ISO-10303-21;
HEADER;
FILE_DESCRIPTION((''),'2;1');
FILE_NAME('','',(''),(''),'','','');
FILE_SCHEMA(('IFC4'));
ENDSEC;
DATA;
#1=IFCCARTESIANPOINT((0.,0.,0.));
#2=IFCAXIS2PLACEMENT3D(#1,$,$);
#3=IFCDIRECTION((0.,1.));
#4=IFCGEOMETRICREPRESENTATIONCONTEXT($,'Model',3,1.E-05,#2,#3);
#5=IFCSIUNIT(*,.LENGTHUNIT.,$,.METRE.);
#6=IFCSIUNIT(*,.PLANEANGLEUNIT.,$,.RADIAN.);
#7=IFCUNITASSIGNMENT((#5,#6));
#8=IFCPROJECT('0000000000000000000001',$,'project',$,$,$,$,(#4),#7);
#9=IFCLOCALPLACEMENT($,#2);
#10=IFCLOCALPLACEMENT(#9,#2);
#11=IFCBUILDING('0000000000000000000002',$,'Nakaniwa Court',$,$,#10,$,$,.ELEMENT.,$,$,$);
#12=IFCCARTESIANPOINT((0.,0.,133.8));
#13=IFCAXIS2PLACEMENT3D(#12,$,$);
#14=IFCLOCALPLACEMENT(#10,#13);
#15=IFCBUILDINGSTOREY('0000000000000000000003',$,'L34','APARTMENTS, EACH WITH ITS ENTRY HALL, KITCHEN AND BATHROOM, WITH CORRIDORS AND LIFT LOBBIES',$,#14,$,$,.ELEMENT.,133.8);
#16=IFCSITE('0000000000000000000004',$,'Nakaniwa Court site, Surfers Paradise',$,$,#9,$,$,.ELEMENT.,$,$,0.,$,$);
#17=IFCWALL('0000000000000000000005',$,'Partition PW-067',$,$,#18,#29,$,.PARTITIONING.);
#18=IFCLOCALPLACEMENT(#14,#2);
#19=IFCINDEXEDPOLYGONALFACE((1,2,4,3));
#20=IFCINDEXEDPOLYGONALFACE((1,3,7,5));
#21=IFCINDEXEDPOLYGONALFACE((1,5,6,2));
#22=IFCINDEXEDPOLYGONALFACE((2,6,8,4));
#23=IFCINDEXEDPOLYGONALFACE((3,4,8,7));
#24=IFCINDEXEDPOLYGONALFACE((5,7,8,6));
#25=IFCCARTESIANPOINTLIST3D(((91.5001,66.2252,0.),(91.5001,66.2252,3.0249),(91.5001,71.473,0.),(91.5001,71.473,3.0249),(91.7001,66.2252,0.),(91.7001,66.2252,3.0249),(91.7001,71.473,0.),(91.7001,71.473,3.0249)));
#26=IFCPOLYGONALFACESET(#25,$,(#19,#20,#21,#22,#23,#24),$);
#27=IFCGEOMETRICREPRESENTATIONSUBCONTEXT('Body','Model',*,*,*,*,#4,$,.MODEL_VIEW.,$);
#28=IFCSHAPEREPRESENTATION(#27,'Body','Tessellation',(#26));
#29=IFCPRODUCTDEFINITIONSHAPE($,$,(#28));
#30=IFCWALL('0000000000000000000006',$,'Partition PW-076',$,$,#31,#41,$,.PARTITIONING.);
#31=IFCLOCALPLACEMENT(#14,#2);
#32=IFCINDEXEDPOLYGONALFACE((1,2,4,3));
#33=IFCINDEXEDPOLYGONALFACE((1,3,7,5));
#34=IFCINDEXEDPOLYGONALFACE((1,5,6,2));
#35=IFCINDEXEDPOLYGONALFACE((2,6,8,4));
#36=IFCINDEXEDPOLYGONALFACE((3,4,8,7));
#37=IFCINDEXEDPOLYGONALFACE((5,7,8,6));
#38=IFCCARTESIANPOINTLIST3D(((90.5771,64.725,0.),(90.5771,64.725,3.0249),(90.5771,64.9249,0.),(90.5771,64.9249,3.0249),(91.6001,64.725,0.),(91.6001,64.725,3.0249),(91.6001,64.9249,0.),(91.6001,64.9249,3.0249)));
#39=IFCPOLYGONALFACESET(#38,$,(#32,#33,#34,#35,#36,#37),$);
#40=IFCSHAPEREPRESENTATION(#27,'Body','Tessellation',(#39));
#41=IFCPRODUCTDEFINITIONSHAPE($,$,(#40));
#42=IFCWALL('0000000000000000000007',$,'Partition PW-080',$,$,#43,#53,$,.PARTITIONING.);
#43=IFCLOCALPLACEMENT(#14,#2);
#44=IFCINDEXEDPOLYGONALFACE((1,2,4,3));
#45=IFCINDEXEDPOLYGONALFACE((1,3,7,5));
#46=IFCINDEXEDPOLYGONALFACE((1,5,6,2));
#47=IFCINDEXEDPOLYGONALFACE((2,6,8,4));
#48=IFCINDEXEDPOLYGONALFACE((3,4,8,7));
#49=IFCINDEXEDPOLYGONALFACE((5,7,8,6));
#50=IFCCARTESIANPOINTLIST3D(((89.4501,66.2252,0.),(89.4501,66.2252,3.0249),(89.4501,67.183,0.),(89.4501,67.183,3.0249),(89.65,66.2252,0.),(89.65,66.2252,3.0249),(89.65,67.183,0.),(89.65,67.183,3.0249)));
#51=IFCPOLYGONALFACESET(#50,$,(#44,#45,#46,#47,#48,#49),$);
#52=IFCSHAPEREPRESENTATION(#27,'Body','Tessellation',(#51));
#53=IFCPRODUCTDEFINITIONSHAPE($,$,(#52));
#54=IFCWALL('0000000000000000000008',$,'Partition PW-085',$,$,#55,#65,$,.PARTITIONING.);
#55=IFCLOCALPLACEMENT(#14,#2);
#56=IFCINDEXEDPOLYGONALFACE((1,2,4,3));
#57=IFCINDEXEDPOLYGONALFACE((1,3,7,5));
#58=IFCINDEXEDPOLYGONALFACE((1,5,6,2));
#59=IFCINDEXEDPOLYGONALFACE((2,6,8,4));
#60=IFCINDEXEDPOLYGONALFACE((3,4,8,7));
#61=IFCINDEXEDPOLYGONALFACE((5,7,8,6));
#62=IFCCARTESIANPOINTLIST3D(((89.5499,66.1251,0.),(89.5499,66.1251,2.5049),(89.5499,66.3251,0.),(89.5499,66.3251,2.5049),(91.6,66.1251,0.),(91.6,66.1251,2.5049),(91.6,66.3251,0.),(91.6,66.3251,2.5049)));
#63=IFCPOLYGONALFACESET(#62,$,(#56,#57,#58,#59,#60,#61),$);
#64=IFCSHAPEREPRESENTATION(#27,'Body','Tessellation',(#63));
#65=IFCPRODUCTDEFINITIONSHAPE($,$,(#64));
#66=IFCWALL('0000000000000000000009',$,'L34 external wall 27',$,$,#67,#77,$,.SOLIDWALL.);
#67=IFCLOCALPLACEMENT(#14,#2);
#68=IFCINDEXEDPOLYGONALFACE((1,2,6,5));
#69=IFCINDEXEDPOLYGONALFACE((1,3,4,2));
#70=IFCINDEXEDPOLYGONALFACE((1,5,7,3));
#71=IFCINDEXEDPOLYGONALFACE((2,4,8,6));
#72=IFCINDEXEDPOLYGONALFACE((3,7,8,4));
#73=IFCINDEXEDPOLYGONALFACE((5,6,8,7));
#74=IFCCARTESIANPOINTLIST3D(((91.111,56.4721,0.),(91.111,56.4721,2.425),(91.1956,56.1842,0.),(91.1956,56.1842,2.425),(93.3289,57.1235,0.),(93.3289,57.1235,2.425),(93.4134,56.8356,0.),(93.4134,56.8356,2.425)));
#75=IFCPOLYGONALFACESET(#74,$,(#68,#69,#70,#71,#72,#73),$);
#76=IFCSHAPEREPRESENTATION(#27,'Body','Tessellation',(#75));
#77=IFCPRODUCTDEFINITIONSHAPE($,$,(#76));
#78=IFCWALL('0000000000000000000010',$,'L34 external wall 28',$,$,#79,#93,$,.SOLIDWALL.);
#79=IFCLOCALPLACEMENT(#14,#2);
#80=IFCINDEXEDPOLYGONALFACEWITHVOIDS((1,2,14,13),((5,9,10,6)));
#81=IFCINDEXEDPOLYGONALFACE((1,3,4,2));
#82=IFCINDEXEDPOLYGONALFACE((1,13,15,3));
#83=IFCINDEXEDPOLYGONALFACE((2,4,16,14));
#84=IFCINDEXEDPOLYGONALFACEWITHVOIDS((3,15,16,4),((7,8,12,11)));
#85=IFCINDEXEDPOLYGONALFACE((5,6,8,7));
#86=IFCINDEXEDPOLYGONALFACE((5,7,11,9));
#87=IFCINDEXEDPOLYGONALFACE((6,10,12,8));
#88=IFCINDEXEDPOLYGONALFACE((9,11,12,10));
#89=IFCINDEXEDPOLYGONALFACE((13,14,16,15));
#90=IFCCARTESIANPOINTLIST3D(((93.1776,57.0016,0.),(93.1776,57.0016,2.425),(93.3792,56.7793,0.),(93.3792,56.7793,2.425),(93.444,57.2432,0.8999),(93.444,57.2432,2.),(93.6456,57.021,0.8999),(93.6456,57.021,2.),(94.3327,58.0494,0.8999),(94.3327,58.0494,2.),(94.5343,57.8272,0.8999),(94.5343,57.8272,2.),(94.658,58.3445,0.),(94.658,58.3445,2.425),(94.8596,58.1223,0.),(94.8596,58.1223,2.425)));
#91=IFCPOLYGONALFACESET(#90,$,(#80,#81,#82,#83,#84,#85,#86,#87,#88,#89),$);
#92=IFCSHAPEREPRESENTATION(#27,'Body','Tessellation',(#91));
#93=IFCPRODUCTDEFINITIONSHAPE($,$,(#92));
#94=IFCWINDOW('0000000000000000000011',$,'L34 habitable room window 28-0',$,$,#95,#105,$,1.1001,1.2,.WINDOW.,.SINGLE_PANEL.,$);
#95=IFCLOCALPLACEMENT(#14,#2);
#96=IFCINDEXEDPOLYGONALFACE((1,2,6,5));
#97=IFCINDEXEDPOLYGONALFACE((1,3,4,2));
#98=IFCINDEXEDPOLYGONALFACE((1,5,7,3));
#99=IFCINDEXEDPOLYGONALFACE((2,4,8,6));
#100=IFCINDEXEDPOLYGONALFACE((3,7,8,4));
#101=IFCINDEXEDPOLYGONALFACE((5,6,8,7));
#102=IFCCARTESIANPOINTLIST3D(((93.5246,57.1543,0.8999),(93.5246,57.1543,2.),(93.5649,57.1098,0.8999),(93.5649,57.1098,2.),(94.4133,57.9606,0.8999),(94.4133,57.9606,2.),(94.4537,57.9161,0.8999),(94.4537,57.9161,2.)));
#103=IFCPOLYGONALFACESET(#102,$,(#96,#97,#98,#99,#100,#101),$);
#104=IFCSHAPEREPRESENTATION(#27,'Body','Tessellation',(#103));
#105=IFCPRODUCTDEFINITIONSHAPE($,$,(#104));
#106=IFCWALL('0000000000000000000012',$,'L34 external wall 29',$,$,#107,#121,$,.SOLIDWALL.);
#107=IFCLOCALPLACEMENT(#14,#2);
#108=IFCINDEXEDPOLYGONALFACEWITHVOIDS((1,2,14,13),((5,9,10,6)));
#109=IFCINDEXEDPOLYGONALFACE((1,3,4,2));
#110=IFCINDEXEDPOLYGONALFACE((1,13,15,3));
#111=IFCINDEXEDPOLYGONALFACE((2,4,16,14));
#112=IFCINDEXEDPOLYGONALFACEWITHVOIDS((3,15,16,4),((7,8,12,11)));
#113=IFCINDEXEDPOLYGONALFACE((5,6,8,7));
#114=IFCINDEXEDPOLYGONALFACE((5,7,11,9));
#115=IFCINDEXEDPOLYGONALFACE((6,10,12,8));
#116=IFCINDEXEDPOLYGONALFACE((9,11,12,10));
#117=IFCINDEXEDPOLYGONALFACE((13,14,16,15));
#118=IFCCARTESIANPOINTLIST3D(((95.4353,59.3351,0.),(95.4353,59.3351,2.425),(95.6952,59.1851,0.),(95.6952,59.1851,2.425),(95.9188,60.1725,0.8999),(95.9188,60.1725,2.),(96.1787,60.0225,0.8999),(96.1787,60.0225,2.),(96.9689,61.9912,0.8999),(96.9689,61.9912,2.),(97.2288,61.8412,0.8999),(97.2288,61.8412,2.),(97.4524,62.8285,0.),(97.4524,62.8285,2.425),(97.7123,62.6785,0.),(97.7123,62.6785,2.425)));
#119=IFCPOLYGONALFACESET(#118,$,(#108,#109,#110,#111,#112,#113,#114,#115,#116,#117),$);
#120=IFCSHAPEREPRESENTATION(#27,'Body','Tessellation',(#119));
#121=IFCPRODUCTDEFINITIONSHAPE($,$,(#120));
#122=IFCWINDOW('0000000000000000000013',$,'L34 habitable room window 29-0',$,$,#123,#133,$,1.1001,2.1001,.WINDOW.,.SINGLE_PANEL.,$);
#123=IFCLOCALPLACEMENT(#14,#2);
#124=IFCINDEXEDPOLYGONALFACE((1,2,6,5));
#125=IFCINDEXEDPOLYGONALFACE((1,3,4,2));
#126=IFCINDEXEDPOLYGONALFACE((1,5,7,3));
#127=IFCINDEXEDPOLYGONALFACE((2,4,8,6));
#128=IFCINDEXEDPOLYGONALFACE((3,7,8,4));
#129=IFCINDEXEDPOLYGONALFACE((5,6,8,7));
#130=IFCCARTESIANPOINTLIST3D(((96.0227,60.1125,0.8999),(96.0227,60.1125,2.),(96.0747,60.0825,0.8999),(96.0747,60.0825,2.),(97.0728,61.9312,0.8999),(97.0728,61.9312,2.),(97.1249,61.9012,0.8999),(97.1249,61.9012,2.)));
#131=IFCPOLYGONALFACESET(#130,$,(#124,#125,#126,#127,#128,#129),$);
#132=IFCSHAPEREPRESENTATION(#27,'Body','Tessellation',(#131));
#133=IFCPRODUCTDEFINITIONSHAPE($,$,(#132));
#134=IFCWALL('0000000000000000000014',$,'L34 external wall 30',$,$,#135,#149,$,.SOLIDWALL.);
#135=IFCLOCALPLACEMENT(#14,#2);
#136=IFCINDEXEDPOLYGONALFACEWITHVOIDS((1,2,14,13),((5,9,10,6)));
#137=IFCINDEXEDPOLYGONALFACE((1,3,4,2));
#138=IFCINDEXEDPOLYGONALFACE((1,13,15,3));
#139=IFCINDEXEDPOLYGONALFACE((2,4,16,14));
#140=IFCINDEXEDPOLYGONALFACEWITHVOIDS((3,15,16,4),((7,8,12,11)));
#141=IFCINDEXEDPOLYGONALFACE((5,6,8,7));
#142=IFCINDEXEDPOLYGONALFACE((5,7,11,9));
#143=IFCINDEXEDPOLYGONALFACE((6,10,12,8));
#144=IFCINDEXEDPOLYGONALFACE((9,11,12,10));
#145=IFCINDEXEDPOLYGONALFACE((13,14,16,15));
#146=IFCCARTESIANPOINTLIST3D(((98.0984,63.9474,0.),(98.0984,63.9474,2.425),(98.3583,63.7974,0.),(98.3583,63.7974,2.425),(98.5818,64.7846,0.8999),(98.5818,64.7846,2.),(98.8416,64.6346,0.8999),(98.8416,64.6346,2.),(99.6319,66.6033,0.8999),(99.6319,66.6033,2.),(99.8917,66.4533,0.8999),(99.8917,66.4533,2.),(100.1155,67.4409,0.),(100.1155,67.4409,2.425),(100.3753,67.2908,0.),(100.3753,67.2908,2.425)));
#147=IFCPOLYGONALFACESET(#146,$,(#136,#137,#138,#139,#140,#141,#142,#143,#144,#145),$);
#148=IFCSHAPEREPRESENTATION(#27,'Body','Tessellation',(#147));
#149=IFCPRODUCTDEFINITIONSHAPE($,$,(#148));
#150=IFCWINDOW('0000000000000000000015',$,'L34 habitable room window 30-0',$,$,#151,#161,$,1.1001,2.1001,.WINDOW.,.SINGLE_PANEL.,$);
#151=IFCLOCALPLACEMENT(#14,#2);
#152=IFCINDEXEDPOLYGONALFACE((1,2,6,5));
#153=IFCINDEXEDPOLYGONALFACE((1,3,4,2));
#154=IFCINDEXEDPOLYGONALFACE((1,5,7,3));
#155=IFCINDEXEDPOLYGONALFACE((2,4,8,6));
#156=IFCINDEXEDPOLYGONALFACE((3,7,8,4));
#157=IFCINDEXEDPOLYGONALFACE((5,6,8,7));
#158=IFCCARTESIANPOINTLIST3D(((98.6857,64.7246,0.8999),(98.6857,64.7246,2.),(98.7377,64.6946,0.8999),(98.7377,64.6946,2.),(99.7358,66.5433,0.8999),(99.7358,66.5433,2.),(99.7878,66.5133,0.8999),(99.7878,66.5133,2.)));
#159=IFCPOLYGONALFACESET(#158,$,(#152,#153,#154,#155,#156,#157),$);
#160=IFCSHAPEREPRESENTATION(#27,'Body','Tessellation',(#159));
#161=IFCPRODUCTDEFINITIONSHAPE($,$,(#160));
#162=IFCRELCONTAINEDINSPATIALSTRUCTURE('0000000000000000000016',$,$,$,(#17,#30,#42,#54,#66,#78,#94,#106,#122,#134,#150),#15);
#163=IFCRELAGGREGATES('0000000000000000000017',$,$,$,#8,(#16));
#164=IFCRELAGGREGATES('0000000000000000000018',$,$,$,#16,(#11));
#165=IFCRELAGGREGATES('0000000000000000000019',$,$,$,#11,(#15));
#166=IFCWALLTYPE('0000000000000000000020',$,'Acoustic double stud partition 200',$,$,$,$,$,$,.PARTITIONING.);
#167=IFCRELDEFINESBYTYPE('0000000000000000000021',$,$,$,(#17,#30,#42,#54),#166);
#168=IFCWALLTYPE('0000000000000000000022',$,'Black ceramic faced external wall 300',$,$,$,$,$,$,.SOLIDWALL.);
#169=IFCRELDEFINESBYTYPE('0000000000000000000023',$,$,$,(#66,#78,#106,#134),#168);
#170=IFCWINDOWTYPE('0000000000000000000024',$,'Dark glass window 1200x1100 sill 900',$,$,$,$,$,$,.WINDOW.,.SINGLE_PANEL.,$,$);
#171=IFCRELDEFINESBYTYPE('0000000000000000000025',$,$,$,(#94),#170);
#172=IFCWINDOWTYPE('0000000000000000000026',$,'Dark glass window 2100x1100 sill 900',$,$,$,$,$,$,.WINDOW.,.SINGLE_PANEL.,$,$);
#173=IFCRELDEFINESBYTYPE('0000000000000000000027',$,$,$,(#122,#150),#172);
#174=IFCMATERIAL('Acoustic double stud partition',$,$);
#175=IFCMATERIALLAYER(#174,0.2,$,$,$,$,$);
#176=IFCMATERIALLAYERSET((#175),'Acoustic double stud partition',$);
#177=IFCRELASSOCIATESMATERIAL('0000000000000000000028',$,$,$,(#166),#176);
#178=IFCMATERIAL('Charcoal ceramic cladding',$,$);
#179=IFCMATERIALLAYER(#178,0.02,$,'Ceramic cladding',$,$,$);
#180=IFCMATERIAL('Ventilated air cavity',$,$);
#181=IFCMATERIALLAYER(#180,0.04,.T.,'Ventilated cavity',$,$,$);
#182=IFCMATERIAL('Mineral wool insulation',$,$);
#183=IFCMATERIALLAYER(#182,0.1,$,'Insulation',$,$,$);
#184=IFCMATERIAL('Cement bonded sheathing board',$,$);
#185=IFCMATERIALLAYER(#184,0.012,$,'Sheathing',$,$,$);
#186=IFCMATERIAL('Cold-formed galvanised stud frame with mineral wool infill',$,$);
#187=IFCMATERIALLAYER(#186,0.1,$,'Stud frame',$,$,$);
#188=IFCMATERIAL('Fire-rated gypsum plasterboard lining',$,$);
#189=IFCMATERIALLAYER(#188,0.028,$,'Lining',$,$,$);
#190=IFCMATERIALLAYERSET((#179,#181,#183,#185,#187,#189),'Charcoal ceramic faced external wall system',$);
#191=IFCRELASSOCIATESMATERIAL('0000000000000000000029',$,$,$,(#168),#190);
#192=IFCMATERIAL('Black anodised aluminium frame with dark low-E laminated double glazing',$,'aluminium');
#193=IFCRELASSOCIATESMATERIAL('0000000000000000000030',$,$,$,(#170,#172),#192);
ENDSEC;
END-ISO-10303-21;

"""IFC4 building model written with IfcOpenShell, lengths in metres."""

from ifc_helpers import new_model, si_unit, direction, frame, frame_2d, origin, place, context, subcontext, project, spatial, rectangle, extrude, material, layer, layer_set, type_object, element, fill, save


model = new_model("IFC4")

# Units and contexts
model_context = context("Model", 3, precision=1e-05, world=origin(), true_north=direction((0.0, 1.0)))
body_context = subcontext(model_context, "Body", "Model", "MODEL_VIEW")
ifc_project = project(units=[si_unit("LENGTHUNIT", "METRE"), si_unit("PLANEANGLEUNIT", "RADIAN")], contexts=[model_context])

# Site, building, storey
site_placement = place(None, origin())
site = spatial("IfcSite", under=ifc_project, at=site_placement, Name="Nakaniwa Court site, Surfers Paradise", CompositionType="ELEMENT", RefElevation=0.0)
building_placement = place(site_placement, origin())
building = spatial("IfcBuilding", under=site, at=building_placement, Name="Nakaniwa Court", CompositionType="ELEMENT")
storey_placement = place(building_placement, frame((0.0, 0.0, 133.8)))
storey = spatial("IfcBuildingStorey", under=building, at=storey_placement, Name="L34", Description="APARTMENTS, EACH WITH ITS ENTRY HALL, KITCHEN AND BATHROOM, WITH CORRIDORS AND LIFT LOBBIES", CompositionType="ELEMENT", Elevation=133.8)

# Shared definitions
ifc_material_1 = material(Name="Acoustic double stud partition")
ifc_layer_1 = layer(ifc_material_1, 0.2)
ifc_layer_set_1 = layer_set([ifc_layer_1], Name="Acoustic double stud partition")
wall_type_1 = type_object("IfcWallType", Name="Acoustic double stud partition 200", PredefinedType="PARTITIONING", material=ifc_layer_set_1)

# Walls
wall_1_placement = place(storey_placement, frame((91.6001, 66.2251, 0.0), z_axis=(0.0, 0.0, 1.0), x_axis=(0.0, 1.0, 0.0)))
element("IfcWall", 1, at=wall_1_placement, inside=storey, type_object=wall_type_1, Name="Partition PW-067", PredefinedType="PARTITIONING", context=body_context, shape_type="SweptSolid", body=[
    extrude(rectangle(XDim=5.2478, YDim=0.2, at=frame_2d((2.624, 0.0))), origin(), (0.0, 0.0, 1.0), 3.0249),
])
wall_2_placement = place(storey_placement, frame((90.5771, 64.825, 0.0), z_axis=(0.0, 0.0, 1.0), x_axis=(1.0, 0.0, 0.0)))
element("IfcWall", 2, at=wall_2_placement, inside=storey, type_object=wall_type_1, Name="Partition PW-076", PredefinedType="PARTITIONING", context=body_context, shape_type="SweptSolid", body=[
    extrude(rectangle(XDim=1.0229, YDim=0.2, at=frame_2d((0.5115, 0.0))), origin(), (0.0, 0.0, 1.0), 3.0249),
])
wall_3_placement = place(storey_placement, frame((89.55, 66.2251, 0.0), z_axis=(0.0, 0.0, 1.0), x_axis=(0.0, 1.0, 0.0)))
element("IfcWall", 3, at=wall_3_placement, inside=storey, type_object=wall_type_1, Name="Partition PW-080", PredefinedType="PARTITIONING", context=body_context, shape_type="SweptSolid", body=[
    extrude(rectangle(XDim=0.9578, YDim=0.2, at=frame_2d((0.479, 0.0))), origin(), (0.0, 0.0, 1.0), 3.0249),
])
wall_4_placement = place(storey_placement, frame((89.55, 66.2251, 0.0), z_axis=(0.0, 0.0, 1.0), x_axis=(1.0, 0.0, 0.0)))
element("IfcWall", 4, at=wall_4_placement, inside=storey, type_object=wall_type_1, Name="Partition PW-085", PredefinedType="PARTITIONING", context=body_context, shape_type="SweptSolid", body=[
    extrude(rectangle(XDim=2.05, YDim=0.2, at=frame_2d((1.0249, 0.0))), origin(), (0.0, 0.0, 1.0), 2.5049),
])
ifc_material_2 = material(Name="Charcoal ceramic cladding")
ifc_layer_2 = layer(ifc_material_2, 0.02, Name="Ceramic cladding")
ifc_material_3 = material(Name="Ventilated air cavity")
ifc_layer_3 = layer(ifc_material_3, 0.04, ventilated=True, Name="Ventilated cavity")
ifc_material_4 = material(Name="Mineral wool insulation")
ifc_layer_4 = layer(ifc_material_4, 0.1, Name="Insulation")
ifc_material_5 = material(Name="Cement bonded sheathing board")
ifc_layer_5 = layer(ifc_material_5, 0.012, Name="Sheathing")
ifc_material_6 = material(Name="Cold-formed galvanised stud frame with mineral wool infill")
ifc_layer_6 = layer(ifc_material_6, 0.1, Name="Stud frame")
ifc_material_7 = material(Name="Fire-rated gypsum plasterboard lining")
ifc_layer_7 = layer(ifc_material_7, 0.028, Name="Lining")
ifc_layer_set_2 = layer_set([ifc_layer_2, ifc_layer_3, ifc_layer_4, ifc_layer_5, ifc_layer_6, ifc_layer_7], Name="Charcoal ceramic faced external wall system")
wall_type_2 = type_object("IfcWallType", Name="Black ceramic faced external wall 300", PredefinedType="SOLIDWALL", material=ifc_layer_set_2)
wall_5_placement = place(storey_placement, frame((91.1533, 56.3281, 0.0), z_axis=(0.0, 0.0, 1.0), x_axis=(0.959473, 0.2818, 0.0)))
element("IfcWall", 5, at=wall_5_placement, inside=storey, type_object=wall_type_2, Name="L34 external wall 27", PredefinedType="SOLIDWALL", context=body_context, shape_type="SweptSolid", body=[
    extrude(rectangle(XDim=2.3115, YDim=0.3, at=frame_2d((1.1558, 0.0))), origin(), (0.0, 0.0, 1.0), 2.425),
])

# Walls, openings, windows
wall_6_placement = place(storey_placement, frame((93.2783, 56.8904, 0.0), z_axis=(0.0, 0.0, 1.0), x_axis=(0.740653, 0.671888, 0.0)))
wall_6 = element("IfcWall", 6, at=wall_6_placement, inside=storey, type_object=wall_type_2, Name="L34 external wall 28", PredefinedType="SOLIDWALL", context=body_context, shape_type="SweptSolid", body=[
    extrude(rectangle(XDim=1.9988, YDim=0.3, at=frame_2d((0.9995, 0.0))), origin(), (0.0, 0.0, 1.0), 2.425),
])
opening_1_placement = place(wall_6_placement, frame((0.3596, 0.0, 0.8999)))
opening_1 = element("IfcOpeningElement", 7, at=opening_1_placement, cuts=wall_6, PredefinedType="OPENING", context=body_context, shape_type="SweptSolid", body=[
    extrude(rectangle(XDim=1.2, YDim=1.1001, at=frame_2d((0.6001, 0.55))), frame((0.0, 0.1599, 0.0), z_axis=(0.0, -1.0, 0.0), x_axis=(1.0, 0.0, 0.0)), (0.0, 0.0, 1.0), 0.3201),
])
ifc_material_8 = material(Name="Black anodised aluminium frame with dark low-E laminated double glazing", Category="aluminium")
window_type_1 = type_object("IfcWindowType", Name="Dark glass window 1200x1100 sill 900", PartitioningType="SINGLE_PANEL", PredefinedType="WINDOW", material=ifc_material_8)
window_1_placement = place(opening_1_placement, origin())
window_1 = element("IfcWindow", 8, at=window_1_placement, inside=storey, type_object=window_type_1, Name="L34 habitable room window 28-0", OverallHeight=1.1001, OverallWidth=1.2, PartitioningType="SINGLE_PANEL", PredefinedType="WINDOW", context=body_context, shape_type="SweptSolid", body=[
    extrude(rectangle(XDim=1.2, YDim=1.1001, at=frame_2d((0.6001, 0.55))), frame((0.0, 0.03, 0.0), z_axis=(0.0, -1.0, 0.0), x_axis=(1.0, 0.0, 0.0)), (0.0, 0.0, 1.0), 0.0601),
])
fill(opening_1, window_1)
wall_7_placement = place(storey_placement, frame((95.5652, 59.26, 0.0), z_axis=(0.0, 0.0, 1.0), x_axis=(0.500032, 0.866007, 0.0)))
wall_7 = element("IfcWall", 9, at=wall_7_placement, inside=storey, type_object=wall_type_2, Name="L34 external wall 29", PredefinedType="SOLIDWALL", context=body_context, shape_type="SweptSolid", body=[
    extrude(rectangle(XDim=4.0339, YDim=0.3, at=frame_2d((2.0171, 0.0))), origin(), (0.0, 0.0, 1.0), 2.425),
])
opening_2_placement = place(wall_7_placement, frame((0.967, 0.0, 0.8999)))
opening_2 = element("IfcOpeningElement", 10, at=opening_2_placement, cuts=wall_7, PredefinedType="OPENING", context=body_context, shape_type="SweptSolid", body=[
    extrude(rectangle(XDim=2.1001, YDim=1.1001, at=frame_2d((1.05, 0.55))), frame((0.0, 0.1599, 0.0), z_axis=(0.0, -1.0, 0.0), x_axis=(1.0, 0.0, 0.0)), (0.0, 0.0, 1.0), 0.3201),
])
window_type_2 = type_object("IfcWindowType", Name="Dark glass window 2100x1100 sill 900", PartitioningType="SINGLE_PANEL", PredefinedType="WINDOW", material=ifc_material_8)
window_2_placement = place(opening_2_placement, origin())
window_2 = element("IfcWindow", 11, at=window_2_placement, inside=storey, type_object=window_type_2, Name="L34 habitable room window 29-0", OverallHeight=1.1001, OverallWidth=2.1001, PartitioningType="SINGLE_PANEL", PredefinedType="WINDOW", context=body_context, shape_type="SweptSolid", body=[
    extrude(rectangle(XDim=2.1001, YDim=1.1001, at=frame_2d((1.05, 0.55))), frame((0.0, 0.03, 0.0), z_axis=(0.0, -1.0, 0.0), x_axis=(1.0, 0.0, 0.0)), (0.0, 0.0, 1.0), 0.0601),
])
fill(opening_2, window_2)
wall_8_placement = place(storey_placement, frame((98.2283, 63.8723, 0.0), z_axis=(0.0, 0.0, 1.0), x_axis=(0.500032, 0.866007, 0.0)))
wall_8 = element("IfcWall", 12, at=wall_8_placement, inside=storey, type_object=wall_type_2, Name="L34 external wall 30", PredefinedType="SOLIDWALL", context=body_context, shape_type="SweptSolid", body=[
    extrude(rectangle(XDim=4.0339, YDim=0.3, at=frame_2d((2.0171, 0.0))), origin(), (0.0, 0.0, 1.0), 2.425),
])
opening_3_placement = place(wall_8_placement, frame((0.9668, 0.0, 0.8999)))
opening_3 = element("IfcOpeningElement", 13, at=opening_3_placement, cuts=wall_8, PredefinedType="OPENING", context=body_context, shape_type="SweptSolid", body=[
    extrude(rectangle(XDim=2.1001, YDim=1.1001, at=frame_2d((1.05, 0.55))), frame((0.0, 0.1599, 0.0), z_axis=(0.0, -1.0, 0.0), x_axis=(1.0, 0.0, 0.0)), (0.0, 0.0, 1.0), 0.3201),
])
window_3_placement = place(opening_3_placement, origin())
window_3 = element("IfcWindow", 14, at=window_3_placement, inside=storey, type_object=window_type_2, Name="L34 habitable room window 30-0", OverallHeight=1.1001, OverallWidth=2.1001, PartitioningType="SINGLE_PANEL", PredefinedType="WINDOW", context=body_context, shape_type="SweptSolid", body=[
    extrude(rectangle(XDim=2.1001, YDim=1.1001, at=frame_2d((1.05, 0.55))), frame((0.0, 0.03, 0.0), z_axis=(0.0, -1.0, 0.0), x_axis=(1.0, 0.0, 0.0)), (0.0, 0.0, 1.0), 0.0601),
])
fill(opening_3, window_3)

save(model, "model.ifc")
